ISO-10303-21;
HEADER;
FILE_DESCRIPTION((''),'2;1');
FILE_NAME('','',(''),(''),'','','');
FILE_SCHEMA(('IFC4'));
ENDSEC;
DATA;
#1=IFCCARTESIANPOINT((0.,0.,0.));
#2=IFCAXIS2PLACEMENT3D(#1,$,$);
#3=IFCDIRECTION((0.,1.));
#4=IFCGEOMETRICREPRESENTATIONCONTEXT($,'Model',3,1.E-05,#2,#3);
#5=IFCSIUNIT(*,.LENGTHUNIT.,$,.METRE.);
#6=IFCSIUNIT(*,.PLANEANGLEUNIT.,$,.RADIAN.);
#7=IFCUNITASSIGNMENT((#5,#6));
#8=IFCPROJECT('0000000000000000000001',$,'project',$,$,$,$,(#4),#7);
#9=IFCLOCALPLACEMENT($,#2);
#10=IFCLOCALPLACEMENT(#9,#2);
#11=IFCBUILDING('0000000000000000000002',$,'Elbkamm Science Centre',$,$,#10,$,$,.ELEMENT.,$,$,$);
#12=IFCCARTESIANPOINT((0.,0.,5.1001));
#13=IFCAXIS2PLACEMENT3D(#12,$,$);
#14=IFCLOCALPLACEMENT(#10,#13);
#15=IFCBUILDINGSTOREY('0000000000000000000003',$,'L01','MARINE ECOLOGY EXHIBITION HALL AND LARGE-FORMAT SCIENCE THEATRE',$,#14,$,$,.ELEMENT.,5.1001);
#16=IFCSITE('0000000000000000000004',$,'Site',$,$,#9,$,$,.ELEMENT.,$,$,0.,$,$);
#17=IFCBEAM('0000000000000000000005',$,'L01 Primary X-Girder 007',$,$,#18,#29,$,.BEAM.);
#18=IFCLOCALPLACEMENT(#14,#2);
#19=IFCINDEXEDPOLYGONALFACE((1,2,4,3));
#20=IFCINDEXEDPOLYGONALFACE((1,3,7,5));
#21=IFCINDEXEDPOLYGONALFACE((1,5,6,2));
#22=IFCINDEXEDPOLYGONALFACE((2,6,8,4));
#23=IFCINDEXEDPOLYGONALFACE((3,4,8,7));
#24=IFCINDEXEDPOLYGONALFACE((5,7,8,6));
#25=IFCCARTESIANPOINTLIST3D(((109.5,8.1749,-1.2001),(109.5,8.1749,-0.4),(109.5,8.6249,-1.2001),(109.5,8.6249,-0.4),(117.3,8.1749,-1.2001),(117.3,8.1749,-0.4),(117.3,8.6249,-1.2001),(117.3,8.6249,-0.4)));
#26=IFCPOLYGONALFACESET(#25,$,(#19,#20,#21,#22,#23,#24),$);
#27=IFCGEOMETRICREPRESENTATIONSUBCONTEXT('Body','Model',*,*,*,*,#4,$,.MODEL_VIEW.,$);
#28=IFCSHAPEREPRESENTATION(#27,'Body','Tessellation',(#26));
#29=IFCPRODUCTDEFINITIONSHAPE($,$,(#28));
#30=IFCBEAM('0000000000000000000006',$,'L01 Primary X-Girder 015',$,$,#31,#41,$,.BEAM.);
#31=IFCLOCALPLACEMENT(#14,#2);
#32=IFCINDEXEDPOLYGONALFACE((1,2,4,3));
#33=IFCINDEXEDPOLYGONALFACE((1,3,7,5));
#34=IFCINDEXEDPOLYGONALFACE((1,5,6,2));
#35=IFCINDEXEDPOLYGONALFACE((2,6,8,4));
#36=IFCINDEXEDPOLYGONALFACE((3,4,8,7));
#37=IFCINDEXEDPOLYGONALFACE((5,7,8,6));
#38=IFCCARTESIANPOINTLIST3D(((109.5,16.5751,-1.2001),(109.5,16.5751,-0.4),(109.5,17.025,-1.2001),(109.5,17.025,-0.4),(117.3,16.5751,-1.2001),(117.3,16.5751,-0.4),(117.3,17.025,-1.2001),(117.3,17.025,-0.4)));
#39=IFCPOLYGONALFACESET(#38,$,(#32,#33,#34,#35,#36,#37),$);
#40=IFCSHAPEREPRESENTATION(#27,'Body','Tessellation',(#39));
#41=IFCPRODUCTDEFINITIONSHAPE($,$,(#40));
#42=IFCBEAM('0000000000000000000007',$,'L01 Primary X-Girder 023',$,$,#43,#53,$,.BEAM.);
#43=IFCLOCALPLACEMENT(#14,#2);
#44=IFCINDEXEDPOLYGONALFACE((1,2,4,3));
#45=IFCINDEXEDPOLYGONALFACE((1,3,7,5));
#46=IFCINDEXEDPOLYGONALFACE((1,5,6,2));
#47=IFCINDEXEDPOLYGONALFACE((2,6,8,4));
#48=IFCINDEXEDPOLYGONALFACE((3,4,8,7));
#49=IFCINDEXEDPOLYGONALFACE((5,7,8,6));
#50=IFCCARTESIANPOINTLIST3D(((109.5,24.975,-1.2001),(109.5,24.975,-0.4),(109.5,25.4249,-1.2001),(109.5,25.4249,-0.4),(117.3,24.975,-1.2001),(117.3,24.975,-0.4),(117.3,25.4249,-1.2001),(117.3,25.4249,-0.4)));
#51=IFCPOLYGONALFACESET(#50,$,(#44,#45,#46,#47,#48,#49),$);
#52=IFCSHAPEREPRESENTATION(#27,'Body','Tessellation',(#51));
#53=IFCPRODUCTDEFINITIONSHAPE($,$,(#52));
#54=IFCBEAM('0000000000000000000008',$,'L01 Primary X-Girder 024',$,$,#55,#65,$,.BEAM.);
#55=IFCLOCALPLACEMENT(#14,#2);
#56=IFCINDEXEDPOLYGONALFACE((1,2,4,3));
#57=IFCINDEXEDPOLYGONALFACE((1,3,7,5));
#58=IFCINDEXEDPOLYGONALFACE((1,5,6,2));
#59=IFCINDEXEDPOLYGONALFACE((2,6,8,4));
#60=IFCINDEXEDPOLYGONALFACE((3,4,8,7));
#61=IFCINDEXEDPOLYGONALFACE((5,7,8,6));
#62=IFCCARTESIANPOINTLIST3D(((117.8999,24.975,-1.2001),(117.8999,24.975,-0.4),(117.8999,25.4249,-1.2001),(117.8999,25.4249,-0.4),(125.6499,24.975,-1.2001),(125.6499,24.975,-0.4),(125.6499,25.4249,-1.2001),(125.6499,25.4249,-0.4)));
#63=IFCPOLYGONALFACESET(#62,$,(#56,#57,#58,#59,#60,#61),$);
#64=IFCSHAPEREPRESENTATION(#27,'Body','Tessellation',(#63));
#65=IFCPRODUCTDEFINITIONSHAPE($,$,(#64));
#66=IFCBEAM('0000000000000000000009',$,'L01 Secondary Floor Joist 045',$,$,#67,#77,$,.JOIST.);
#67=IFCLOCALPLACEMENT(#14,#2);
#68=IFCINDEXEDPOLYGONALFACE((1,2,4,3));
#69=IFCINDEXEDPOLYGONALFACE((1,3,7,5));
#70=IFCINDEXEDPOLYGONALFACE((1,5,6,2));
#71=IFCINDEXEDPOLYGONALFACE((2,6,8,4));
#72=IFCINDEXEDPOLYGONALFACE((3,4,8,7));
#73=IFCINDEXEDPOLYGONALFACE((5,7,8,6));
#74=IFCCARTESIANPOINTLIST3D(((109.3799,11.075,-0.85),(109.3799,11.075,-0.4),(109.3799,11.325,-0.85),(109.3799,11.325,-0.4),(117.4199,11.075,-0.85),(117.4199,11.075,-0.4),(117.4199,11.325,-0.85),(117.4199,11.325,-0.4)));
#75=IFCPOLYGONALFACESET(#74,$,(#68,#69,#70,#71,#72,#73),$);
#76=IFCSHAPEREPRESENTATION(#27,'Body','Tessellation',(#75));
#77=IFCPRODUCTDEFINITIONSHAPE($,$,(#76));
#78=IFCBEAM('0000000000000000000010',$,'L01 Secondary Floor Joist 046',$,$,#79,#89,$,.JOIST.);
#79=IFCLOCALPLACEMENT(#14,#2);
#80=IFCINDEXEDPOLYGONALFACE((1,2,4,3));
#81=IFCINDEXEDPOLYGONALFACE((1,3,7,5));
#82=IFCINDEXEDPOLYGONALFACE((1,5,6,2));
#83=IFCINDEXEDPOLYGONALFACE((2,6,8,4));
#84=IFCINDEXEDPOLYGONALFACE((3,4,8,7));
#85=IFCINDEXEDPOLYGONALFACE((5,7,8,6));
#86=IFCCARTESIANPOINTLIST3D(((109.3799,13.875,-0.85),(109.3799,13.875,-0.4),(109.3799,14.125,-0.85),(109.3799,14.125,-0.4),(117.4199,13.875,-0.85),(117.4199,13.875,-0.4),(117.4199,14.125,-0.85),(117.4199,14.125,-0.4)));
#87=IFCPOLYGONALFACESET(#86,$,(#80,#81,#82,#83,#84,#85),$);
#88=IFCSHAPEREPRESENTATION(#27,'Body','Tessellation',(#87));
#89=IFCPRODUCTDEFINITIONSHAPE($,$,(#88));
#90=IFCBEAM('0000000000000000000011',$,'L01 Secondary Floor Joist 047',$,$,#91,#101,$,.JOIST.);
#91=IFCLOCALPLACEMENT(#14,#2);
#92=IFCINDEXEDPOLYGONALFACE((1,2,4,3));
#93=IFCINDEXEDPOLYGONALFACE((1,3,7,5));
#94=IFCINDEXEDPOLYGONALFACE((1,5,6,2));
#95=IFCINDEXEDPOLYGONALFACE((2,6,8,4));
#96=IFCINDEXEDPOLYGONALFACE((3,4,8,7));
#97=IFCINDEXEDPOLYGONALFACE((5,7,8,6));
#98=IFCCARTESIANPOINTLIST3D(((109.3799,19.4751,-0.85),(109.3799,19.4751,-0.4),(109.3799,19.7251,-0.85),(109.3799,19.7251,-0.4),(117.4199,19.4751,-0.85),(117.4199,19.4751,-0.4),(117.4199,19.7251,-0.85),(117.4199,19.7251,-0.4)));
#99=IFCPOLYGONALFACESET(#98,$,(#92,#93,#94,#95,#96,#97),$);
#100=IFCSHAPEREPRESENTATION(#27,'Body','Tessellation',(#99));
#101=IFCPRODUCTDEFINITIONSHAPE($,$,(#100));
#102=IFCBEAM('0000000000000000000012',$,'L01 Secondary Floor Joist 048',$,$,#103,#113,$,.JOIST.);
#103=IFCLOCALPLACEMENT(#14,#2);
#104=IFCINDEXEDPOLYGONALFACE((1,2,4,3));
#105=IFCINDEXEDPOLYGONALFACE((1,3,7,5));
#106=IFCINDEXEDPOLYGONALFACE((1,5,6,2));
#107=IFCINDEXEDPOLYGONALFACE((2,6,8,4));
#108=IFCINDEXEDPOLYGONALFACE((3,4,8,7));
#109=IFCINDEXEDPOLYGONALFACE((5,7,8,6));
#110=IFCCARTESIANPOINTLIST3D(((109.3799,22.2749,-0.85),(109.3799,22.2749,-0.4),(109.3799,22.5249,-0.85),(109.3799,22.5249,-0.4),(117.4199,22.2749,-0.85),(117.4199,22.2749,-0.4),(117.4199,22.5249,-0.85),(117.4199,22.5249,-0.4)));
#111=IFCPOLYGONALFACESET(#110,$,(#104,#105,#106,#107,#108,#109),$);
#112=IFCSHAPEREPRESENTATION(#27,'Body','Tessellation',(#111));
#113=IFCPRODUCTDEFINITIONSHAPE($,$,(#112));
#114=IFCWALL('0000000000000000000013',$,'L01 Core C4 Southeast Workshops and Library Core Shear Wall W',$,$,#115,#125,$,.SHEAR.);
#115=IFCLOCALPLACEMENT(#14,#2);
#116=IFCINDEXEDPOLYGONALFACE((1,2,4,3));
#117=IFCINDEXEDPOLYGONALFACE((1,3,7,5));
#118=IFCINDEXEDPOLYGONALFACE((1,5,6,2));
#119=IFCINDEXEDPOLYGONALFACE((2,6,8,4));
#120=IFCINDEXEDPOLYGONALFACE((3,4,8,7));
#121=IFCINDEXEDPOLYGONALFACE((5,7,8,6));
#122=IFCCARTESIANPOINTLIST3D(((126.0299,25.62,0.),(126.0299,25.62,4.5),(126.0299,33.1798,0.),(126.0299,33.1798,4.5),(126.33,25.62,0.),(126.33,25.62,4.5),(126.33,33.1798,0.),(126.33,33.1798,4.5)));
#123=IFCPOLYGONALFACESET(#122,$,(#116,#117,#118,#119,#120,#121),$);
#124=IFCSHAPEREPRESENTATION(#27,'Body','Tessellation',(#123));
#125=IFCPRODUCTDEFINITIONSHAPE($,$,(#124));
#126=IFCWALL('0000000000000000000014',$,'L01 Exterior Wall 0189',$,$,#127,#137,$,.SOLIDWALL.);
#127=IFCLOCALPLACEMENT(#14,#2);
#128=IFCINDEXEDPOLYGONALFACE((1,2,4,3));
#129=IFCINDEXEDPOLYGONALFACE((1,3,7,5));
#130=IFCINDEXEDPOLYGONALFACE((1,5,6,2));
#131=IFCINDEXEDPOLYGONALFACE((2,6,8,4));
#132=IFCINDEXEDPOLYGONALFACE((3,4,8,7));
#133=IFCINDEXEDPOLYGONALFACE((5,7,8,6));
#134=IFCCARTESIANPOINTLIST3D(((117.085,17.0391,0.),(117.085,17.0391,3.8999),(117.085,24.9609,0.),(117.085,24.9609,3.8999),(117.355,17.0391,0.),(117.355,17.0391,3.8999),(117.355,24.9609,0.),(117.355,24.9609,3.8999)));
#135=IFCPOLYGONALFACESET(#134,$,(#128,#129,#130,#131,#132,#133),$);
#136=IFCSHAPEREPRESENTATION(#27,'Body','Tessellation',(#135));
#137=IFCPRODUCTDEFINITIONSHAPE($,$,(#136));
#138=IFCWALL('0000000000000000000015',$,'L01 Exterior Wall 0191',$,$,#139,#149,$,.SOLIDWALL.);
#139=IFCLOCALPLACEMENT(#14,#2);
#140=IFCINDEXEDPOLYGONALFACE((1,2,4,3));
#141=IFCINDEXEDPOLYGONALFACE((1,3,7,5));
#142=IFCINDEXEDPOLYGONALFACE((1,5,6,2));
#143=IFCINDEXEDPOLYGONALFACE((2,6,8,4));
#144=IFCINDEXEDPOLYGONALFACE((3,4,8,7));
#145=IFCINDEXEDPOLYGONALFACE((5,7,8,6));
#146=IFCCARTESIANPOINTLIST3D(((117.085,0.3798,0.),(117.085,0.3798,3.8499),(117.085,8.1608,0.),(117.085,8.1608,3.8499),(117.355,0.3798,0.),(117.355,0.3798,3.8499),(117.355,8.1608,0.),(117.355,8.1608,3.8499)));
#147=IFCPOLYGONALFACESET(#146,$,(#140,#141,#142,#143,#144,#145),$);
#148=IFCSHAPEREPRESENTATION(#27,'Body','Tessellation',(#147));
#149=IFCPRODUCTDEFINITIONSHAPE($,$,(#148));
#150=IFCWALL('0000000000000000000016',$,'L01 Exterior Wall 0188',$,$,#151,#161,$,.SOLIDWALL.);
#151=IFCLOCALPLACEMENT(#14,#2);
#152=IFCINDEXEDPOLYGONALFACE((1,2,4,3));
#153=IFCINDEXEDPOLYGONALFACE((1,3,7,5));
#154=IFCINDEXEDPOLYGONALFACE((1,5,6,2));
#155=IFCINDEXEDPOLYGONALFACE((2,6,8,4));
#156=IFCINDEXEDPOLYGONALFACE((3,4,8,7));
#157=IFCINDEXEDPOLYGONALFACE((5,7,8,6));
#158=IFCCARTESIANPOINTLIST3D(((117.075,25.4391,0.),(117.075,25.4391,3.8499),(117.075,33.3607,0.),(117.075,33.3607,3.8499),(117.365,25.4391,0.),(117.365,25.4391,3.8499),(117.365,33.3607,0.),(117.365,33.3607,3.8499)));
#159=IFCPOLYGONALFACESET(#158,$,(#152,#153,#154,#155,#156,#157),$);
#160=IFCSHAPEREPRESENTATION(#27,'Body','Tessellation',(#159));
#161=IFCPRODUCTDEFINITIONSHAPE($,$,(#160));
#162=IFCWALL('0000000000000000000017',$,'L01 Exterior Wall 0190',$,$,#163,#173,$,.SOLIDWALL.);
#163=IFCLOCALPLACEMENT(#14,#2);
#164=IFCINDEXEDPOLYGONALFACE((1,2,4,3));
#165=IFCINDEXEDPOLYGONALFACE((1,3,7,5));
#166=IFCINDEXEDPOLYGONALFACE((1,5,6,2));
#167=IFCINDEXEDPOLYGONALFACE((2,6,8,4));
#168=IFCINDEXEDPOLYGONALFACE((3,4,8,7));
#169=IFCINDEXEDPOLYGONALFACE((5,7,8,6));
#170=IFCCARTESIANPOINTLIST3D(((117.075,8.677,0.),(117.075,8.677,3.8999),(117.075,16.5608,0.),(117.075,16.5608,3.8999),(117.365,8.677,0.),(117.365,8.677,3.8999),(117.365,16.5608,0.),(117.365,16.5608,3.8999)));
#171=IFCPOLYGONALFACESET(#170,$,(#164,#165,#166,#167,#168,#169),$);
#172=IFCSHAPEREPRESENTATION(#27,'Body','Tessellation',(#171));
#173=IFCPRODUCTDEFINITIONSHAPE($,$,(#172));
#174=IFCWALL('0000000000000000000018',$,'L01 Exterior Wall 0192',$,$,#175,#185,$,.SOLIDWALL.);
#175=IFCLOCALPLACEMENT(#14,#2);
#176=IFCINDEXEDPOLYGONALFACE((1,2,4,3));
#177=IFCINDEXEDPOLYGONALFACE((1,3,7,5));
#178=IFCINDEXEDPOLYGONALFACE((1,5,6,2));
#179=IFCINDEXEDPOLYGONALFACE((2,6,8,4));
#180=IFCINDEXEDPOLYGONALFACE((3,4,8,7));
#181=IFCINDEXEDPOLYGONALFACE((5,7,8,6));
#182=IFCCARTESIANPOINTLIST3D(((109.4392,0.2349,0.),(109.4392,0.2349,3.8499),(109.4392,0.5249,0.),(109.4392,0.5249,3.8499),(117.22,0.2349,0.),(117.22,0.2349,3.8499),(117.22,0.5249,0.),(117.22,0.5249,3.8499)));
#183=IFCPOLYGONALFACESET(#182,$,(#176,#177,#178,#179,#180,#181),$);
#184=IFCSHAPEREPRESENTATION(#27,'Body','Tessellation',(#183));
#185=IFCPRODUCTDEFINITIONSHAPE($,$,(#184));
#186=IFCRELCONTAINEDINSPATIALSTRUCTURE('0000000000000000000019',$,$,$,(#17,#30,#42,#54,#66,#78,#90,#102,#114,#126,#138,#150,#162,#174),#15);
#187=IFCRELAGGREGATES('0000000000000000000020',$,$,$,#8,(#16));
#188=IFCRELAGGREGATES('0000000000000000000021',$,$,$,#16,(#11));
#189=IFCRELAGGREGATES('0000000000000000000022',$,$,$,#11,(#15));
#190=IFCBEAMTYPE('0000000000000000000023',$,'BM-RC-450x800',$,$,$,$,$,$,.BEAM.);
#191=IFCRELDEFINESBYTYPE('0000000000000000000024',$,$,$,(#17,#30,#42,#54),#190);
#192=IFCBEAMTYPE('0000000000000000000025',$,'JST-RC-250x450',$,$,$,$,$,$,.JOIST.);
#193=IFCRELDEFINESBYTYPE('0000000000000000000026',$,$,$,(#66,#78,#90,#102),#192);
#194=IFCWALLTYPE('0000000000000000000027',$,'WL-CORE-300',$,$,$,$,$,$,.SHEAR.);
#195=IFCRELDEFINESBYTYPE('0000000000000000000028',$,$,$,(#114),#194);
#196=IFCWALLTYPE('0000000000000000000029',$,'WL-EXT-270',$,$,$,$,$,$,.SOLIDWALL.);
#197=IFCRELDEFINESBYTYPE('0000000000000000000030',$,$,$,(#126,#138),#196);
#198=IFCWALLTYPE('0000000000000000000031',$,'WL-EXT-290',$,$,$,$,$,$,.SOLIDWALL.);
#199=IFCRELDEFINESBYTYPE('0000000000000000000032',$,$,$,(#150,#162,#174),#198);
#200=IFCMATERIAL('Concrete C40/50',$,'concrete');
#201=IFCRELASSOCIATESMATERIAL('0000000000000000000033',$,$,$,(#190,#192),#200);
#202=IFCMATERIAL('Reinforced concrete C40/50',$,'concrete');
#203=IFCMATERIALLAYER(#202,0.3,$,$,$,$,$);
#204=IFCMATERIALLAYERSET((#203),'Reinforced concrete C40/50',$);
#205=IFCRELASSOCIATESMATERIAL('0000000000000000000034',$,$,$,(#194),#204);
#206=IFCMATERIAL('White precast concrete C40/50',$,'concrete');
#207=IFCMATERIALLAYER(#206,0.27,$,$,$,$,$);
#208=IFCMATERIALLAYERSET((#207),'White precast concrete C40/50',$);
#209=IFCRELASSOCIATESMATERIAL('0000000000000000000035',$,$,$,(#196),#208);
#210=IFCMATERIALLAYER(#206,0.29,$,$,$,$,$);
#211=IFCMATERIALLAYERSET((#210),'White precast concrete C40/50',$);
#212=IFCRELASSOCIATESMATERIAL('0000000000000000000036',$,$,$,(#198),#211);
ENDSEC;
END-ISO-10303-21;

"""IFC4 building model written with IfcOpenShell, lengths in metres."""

from ifc_helpers import new_model, si_unit, direction, frame, frame_2d, origin, origin_2d, place, context, subcontext, project, spatial, rectangle, extrude, material, layer, layer_set, material_profile, profile_set, type_object, element, save


model = new_model("IFC4")

# Units and contexts
model_context = context("Model", 3, precision=1e-05, world=origin(), true_north=direction((0.0, 1.0)))
body_context = subcontext(model_context, "Body", "Model", "MODEL_VIEW")
ifc_project = project(units=[si_unit("LENGTHUNIT", "METRE"), si_unit("PLANEANGLEUNIT", "RADIAN")], contexts=[model_context])

# Site, building, storey
site_placement = place(None, origin())
site = spatial("IfcSite", under=ifc_project, at=site_placement, Name="Site", CompositionType="ELEMENT", RefElevation=0.0)
building_placement = place(site_placement, origin())
building = spatial("IfcBuilding", under=site, at=building_placement, Name="Elbkamm Science Centre", CompositionType="ELEMENT")
storey_placement = place(building_placement, frame((0.0, 0.0, 5.1001)))
storey = spatial("IfcBuildingStorey", under=building, at=storey_placement, Name="L01", Description="MARINE ECOLOGY EXHIBITION HALL AND LARGE-FORMAT SCIENCE THEATRE", CompositionType="ELEMENT", Elevation=5.1001)

# Shared definitions
ifc_material_1 = material(Name="Concrete C40/50", Category="concrete")

# Beams
ifc_material_profile_1 = material_profile(ifc_material_1, rectangle(XDim=0.45, YDim=0.8, at=origin_2d()), Name="RC 450x800")
ifc_profile_set_1 = profile_set([ifc_material_profile_1], Name="Concrete C40/50")
beam_type_1 = type_object("IfcBeamType", Name="BM-RC-450x800", PredefinedType="BEAM", material=ifc_profile_set_1)
for number, where, z_axis, x_axis, name in (
    (1, (109.5, 8.3999, -0.8), (1.0, 0.0, 0.0), (0.0, 1.0, 0.0), "L01 Primary X-Girder 007"),
    (2, (109.5, 16.8, -0.8), (1.0, 0.0, 0.0), (0.0, 1.0, 0.0), "L01 Primary X-Girder 015"),
    (3, (109.5, 25.2, -0.8), (1.0, 0.0, 0.0), (0.0, 1.0, 0.0), "L01 Primary X-Girder 023"),
):
    element("IfcBeam", number, at=place(storey_placement, frame(where, z_axis=z_axis, x_axis=x_axis)), inside=storey, type_object=beam_type_1, Name=name, PredefinedType="BEAM", context=body_context, shape_type="SweptSolid", body=[
        extrude(rectangle(XDim=0.45, YDim=0.8, at=origin_2d()), origin(), (0.0, 0.0, 1.0), 7.8),
    ])
beam_1_placement = place(storey_placement, frame((117.8999, 25.2, -0.8), z_axis=(1.0, 0.0, 0.0), x_axis=(0.0, 1.0, 0.0)))
element("IfcBeam", 4, at=beam_1_placement, inside=storey, type_object=beam_type_1, Name="L01 Primary X-Girder 024", PredefinedType="BEAM", context=body_context, shape_type="SweptSolid", body=[
    extrude(rectangle(XDim=0.45, YDim=0.8, at=origin_2d()), origin(), (0.0, 0.0, 1.0), 7.75),
])
ifc_material_profile_2 = material_profile(ifc_material_1, rectangle(XDim=0.25, YDim=0.45, at=origin_2d()), Name="RC 250x450")
ifc_profile_set_2 = profile_set([ifc_material_profile_2], Name="Concrete C40/50")
beam_type_2 = type_object("IfcBeamType", Name="JST-RC-250x450", PredefinedType="JOIST", material=ifc_profile_set_2)
for number, where, z_axis, x_axis, name in (
    (5, (109.3799, 11.2, -0.625), (1.0, 0.0, 0.0), (0.0, 1.0, 0.0), "L01 Secondary Floor Joist 045"),
    (6, (109.3799, 14.0, -0.625), (1.0, 0.0, 0.0), (0.0, 1.0, 0.0), "L01 Secondary Floor Joist 046"),
    (7, (109.3799, 19.6001, -0.625), (1.0, 0.0, 0.0), (0.0, 1.0, 0.0), "L01 Secondary Floor Joist 047"),
    (8, (109.3799, 22.3999, -0.625), (1.0, 0.0, 0.0), (0.0, 1.0, 0.0), "L01 Secondary Floor Joist 048"),
):
    element("IfcBeam", number, at=place(storey_placement, frame(where, z_axis=z_axis, x_axis=x_axis)), inside=storey, type_object=beam_type_2, Name=name, PredefinedType="JOIST", context=body_context, shape_type="SweptSolid", body=[
        extrude(rectangle(XDim=0.25, YDim=0.45, at=origin_2d()), origin(), (0.0, 0.0, 1.0), 8.04),
    ])

# Walls
ifc_material_2 = material(Name="Reinforced concrete C40/50", Category="concrete")
ifc_layer_1 = layer(ifc_material_2, 0.3)
ifc_layer_set_1 = layer_set([ifc_layer_1], Name="Reinforced concrete C40/50")
wall_type_1 = type_object("IfcWallType", Name="WL-CORE-300", PredefinedType="SHEAR", material=ifc_layer_set_1)
wall_1_placement = place(storey_placement, frame((126.1799, 25.6201, 0.0), z_axis=(0.0, 0.0, 1.0), x_axis=(0.0, 1.0, 0.0)))
element("IfcWall", 9, at=wall_1_placement, inside=storey, type_object=wall_type_1, Name="L01 Core C4 Southeast Workshops and Library Core Shear Wall W", PredefinedType="SHEAR", context=body_context, shape_type="SweptSolid", body=[
    extrude(rectangle(XDim=7.5598, YDim=0.3, at=frame_2d((3.7798, 0.0))), origin(), (0.0, 0.0, 1.0), 4.5),
])
ifc_material_3 = material(Name="White precast concrete C40/50", Category="concrete")
ifc_layer_2 = layer(ifc_material_3, 0.27)
ifc_layer_set_2 = layer_set([ifc_layer_2], Name="White precast concrete C40/50")
wall_type_2 = type_object("IfcWallType", Name="WL-EXT-270", PredefinedType="SOLIDWALL", material=ifc_layer_set_2)
wall_2_placement = place(storey_placement, frame((117.22, 24.9609, 0.0), z_axis=(0.0, 0.0, 1.0), x_axis=(0.0, -1.0, 0.0)))
element("IfcWall", 10, at=wall_2_placement, inside=storey, type_object=wall_type_2, Name="L01 Exterior Wall 0189", PredefinedType="SOLIDWALL", context=body_context, shape_type="SweptSolid", body=[
    extrude(rectangle(XDim=7.9219, YDim=0.27, at=frame_2d((3.9609, 0.0))), origin(), (0.0, 0.0, 1.0), 3.8999),
])
wall_3_placement = place(storey_placement, frame((117.22, 8.1609, 0.0), z_axis=(0.0, 0.0, 1.0), x_axis=(0.0, -1.0, 0.0)))
element("IfcWall", 11, at=wall_3_placement, inside=storey, type_object=wall_type_2, Name="L01 Exterior Wall 0191", PredefinedType="SOLIDWALL", context=body_context, shape_type="SweptSolid", body=[
    extrude(rectangle(XDim=7.781, YDim=0.27, at=frame_2d((3.8906, 0.0))), origin(), (0.0, 0.0, 1.0), 3.8499),
])
ifc_layer_3 = layer(ifc_material_3, 0.29)
ifc_layer_set_3 = layer_set([ifc_layer_3], Name="White precast concrete C40/50")
wall_type_3 = type_object("IfcWallType", Name="WL-EXT-290", PredefinedType="SOLIDWALL", material=ifc_layer_set_3)
wall_4_placement = place(storey_placement, frame((117.22, 33.3608, 0.0), z_axis=(0.0, 0.0, 1.0), x_axis=(0.0, -1.0, 0.0)))
element("IfcWall", 12, at=wall_4_placement, inside=storey, type_object=wall_type_3, Name="L01 Exterior Wall 0188", PredefinedType="SOLIDWALL", context=body_context, shape_type="SweptSolid", body=[
    extrude(rectangle(XDim=7.9216, YDim=0.29, at=frame_2d((3.9609, 0.0))), origin(), (0.0, 0.0, 1.0), 3.8499),
])
wall_5_placement = place(storey_placement, frame((117.22, 16.5608, 0.0), z_axis=(0.0, 0.0, 1.0), x_axis=(0.0, -1.0, 0.0)))
element("IfcWall", 13, at=wall_5_placement, inside=storey, type_object=wall_type_3, Name="L01 Exterior Wall 0190", PredefinedType="SOLIDWALL", context=body_context, shape_type="SweptSolid", body=[
    extrude(rectangle(XDim=7.8838, YDim=0.29, at=frame_2d((3.9419, 0.0))), origin(), (0.0, 0.0, 1.0), 3.8999),
])
wall_6_placement = place(storey_placement, frame((117.22, 0.3799, 0.0), z_axis=(0.0, 0.0, 1.0), x_axis=(-1.0, 0.0, 0.0)))
element("IfcWall", 14, at=wall_6_placement, inside=storey, type_object=wall_type_3, Name="L01 Exterior Wall 0192", PredefinedType="SOLIDWALL", context=body_context, shape_type="SweptSolid", body=[
    extrude(rectangle(XDim=7.7808, YDim=0.29, at=frame_2d((3.8904, 0.0))), origin(), (0.0, 0.0, 1.0), 3.8499),
])

save(model, "model.ifc")
